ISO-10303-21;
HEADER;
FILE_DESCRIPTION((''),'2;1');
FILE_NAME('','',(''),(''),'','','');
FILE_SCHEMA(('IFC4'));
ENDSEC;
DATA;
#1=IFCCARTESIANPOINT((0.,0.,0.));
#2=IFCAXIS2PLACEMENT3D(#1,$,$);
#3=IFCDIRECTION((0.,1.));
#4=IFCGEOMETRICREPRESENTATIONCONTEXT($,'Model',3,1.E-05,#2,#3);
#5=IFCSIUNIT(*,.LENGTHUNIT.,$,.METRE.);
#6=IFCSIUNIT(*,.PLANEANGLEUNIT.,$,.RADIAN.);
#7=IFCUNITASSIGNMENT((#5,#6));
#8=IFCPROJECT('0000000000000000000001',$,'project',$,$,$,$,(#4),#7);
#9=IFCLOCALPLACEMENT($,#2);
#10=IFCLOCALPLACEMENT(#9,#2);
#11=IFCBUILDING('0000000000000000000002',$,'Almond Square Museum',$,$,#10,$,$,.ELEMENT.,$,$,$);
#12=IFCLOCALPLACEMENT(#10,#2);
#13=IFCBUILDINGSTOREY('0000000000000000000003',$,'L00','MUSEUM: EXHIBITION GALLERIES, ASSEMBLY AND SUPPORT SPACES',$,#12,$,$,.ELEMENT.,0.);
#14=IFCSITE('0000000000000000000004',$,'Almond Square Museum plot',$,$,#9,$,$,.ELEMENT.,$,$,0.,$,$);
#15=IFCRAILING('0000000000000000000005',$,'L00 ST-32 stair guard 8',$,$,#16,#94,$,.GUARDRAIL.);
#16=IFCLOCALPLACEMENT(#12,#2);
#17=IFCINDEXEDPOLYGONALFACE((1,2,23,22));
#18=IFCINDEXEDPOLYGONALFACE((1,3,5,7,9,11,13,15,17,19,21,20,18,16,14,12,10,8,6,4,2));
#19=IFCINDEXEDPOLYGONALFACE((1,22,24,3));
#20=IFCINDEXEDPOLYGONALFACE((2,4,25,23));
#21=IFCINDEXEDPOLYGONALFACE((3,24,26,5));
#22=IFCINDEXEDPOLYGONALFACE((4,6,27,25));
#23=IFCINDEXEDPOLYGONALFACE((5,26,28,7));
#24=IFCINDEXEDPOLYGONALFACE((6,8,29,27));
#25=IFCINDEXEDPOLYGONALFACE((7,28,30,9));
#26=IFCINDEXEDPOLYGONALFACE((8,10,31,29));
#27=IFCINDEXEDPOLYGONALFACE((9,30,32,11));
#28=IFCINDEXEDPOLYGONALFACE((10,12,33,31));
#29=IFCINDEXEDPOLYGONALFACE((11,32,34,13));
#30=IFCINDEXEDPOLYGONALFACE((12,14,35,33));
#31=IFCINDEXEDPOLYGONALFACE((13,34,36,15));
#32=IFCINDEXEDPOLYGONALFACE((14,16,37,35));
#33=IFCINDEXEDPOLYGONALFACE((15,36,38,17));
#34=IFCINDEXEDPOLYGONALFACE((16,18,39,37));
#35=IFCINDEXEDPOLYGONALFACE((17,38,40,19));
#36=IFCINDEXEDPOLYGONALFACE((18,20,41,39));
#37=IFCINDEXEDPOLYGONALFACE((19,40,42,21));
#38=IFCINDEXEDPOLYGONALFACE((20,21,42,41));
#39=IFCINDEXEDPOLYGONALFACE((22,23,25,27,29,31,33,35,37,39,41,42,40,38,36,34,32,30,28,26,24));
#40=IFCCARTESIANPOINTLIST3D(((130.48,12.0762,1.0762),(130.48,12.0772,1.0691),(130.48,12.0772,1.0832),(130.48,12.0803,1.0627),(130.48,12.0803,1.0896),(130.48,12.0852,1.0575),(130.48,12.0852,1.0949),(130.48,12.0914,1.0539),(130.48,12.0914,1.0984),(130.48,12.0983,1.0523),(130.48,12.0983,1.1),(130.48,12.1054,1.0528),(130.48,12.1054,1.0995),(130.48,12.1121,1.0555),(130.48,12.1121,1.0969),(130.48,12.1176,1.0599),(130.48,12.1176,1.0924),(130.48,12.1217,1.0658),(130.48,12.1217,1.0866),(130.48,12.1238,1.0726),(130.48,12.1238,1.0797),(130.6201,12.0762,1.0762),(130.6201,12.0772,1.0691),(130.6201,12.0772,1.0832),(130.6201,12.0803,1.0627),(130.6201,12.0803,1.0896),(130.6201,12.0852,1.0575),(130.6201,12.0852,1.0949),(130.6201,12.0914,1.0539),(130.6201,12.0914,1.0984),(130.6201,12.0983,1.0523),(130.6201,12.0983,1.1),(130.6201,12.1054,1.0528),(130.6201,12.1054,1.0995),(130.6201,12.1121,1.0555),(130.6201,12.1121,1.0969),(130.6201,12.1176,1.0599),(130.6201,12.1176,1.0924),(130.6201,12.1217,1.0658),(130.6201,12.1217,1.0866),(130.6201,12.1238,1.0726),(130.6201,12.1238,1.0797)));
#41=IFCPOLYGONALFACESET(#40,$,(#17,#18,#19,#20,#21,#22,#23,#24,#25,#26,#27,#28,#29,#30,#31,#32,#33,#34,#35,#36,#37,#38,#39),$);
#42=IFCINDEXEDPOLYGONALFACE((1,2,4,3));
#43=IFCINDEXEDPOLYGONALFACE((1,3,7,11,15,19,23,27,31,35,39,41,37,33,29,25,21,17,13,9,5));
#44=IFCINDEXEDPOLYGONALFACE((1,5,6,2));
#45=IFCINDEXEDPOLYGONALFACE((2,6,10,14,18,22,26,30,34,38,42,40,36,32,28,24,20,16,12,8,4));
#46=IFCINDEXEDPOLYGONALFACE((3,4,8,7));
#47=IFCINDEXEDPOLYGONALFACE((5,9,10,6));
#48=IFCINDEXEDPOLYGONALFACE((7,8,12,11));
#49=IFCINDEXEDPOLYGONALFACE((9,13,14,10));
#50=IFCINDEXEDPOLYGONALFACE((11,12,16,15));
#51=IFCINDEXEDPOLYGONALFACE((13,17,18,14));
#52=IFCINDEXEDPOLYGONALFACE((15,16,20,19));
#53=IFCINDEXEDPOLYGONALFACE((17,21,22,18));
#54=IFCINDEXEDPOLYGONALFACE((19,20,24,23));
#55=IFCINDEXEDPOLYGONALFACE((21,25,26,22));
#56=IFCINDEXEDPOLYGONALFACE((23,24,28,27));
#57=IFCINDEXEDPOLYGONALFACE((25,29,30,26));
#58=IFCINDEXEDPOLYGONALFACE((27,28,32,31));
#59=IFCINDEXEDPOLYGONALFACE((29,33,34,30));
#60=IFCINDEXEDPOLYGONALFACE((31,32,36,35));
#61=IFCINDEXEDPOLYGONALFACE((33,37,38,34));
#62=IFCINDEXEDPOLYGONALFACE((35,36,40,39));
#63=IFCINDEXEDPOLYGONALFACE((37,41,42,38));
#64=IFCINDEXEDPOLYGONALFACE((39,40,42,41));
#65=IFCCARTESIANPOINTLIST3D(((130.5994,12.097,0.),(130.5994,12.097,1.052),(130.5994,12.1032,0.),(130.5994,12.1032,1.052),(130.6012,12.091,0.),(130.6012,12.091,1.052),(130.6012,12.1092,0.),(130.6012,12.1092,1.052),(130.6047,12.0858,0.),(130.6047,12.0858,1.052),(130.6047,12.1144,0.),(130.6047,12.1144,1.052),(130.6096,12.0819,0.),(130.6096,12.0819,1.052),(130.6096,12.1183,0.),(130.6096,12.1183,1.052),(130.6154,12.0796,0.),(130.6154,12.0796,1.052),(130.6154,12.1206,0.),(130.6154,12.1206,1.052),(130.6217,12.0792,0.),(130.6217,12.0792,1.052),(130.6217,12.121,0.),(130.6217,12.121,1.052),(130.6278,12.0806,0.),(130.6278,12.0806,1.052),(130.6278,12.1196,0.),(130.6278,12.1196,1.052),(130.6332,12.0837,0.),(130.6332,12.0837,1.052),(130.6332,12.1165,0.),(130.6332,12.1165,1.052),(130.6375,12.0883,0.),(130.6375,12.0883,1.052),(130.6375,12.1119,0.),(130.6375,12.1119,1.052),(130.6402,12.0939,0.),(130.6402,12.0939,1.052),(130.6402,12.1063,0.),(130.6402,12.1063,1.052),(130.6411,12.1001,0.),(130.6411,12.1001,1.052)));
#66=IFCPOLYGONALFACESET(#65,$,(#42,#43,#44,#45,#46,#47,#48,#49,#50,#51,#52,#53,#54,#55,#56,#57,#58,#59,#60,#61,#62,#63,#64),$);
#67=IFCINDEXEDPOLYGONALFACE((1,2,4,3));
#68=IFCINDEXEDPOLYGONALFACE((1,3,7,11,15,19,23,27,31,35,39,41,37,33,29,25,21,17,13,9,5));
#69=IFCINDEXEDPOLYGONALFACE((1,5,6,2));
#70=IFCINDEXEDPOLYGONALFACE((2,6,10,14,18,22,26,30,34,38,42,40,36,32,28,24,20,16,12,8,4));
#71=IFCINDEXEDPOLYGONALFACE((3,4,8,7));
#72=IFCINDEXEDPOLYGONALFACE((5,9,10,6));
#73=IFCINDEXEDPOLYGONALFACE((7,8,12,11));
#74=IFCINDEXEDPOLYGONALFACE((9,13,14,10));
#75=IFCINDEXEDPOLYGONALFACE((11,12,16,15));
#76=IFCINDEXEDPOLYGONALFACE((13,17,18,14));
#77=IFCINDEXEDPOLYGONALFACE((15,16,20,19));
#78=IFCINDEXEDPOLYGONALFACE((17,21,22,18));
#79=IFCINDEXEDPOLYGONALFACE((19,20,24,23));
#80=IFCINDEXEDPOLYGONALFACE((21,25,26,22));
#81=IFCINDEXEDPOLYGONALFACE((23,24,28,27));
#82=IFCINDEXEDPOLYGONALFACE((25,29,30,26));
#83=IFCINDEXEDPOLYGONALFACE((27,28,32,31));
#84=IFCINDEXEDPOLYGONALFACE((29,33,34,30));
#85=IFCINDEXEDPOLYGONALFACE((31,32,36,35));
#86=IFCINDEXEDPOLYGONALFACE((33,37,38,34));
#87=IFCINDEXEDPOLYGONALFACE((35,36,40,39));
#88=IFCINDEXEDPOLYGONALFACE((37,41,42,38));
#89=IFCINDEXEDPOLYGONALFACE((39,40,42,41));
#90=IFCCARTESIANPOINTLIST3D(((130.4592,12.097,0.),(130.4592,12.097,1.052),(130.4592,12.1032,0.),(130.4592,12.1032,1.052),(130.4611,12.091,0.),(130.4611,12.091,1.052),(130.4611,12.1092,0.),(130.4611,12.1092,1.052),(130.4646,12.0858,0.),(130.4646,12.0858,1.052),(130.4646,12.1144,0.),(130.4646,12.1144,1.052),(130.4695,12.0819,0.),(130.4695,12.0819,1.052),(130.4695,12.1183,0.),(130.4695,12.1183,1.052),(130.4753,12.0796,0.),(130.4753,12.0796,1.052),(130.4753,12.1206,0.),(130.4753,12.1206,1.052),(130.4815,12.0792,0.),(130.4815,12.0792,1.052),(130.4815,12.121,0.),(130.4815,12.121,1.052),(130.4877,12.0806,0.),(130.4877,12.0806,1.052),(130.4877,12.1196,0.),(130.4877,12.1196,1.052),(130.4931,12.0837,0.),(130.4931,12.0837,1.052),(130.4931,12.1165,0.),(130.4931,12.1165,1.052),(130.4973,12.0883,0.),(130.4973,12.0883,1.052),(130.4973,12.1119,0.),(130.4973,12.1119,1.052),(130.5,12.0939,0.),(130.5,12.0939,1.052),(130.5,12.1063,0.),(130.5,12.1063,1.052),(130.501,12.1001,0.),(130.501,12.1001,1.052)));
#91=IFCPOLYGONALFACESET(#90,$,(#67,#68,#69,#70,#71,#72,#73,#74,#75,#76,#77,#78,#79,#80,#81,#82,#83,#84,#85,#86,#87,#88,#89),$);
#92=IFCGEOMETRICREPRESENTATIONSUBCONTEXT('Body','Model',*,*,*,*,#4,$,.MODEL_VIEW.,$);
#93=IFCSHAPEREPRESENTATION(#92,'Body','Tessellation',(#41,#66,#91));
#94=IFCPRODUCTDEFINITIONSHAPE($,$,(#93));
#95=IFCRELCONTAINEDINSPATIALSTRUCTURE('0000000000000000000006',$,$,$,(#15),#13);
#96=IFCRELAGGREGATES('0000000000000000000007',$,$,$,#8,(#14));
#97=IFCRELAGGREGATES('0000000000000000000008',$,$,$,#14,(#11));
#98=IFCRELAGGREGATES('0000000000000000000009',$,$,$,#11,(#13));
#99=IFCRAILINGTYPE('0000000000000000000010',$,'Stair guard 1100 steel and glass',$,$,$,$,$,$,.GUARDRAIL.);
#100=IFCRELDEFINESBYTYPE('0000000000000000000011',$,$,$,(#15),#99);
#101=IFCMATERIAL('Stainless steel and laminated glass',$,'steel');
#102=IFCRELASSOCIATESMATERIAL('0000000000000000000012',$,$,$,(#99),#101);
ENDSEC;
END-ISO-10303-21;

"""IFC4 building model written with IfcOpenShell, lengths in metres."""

from ifc_helpers import new_model, si_unit, direction, frame, origin, origin_2d, place, context, subcontext, project, spatial, circle, extrude, material, type_object, element, save


model = new_model("IFC4")

# Units and contexts
model_context = context("Model", 3, precision=1e-05, world=origin(), true_north=direction((0.0, 1.0)))
body_context = subcontext(model_context, "Body", "Model", "MODEL_VIEW")
ifc_project = project(units=[si_unit("LENGTHUNIT", "METRE"), si_unit("PLANEANGLEUNIT", "RADIAN")], contexts=[model_context])

# Site, building, storey
site_placement = place(None, origin())
site = spatial("IfcSite", under=ifc_project, at=site_placement, Name="Almond Square Museum plot", CompositionType="ELEMENT", RefElevation=0.0)
building_placement = place(site_placement, origin())
building = spatial("IfcBuilding", under=site, at=building_placement, Name="Almond Square Museum", CompositionType="ELEMENT")
storey_placement = place(building_placement, origin())
storey = spatial("IfcBuildingStorey", under=building, at=storey_placement, Name="L00", Description="MUSEUM: EXHIBITION GALLERIES, ASSEMBLY AND SUPPORT SPACES", CompositionType="ELEMENT", Elevation=0.0)

# Railing
ifc_material_1 = material(Name="Stainless steel and laminated glass", Category="steel")
railing_type_1 = type_object("IfcRailingType", Name="Stair guard 1100 steel and glass", PredefinedType="GUARDRAIL", material=ifc_material_1)
railing_1_placement = place(storey_placement, frame((130.6201, 12.1001, 0.0)))
element("IfcRailing", 1, at=railing_1_placement, inside=storey, type_object=railing_type_1, Name="L00 ST-32 stair guard 8", PredefinedType="GUARDRAIL", context=body_context, shape_type="SweptSolid", body=[
    extrude(circle(Radius=0.0239, at=origin_2d()), frame((0.0, 0.0, 1.0762), z_axis=(-1.0, 0.0, 0.0), x_axis=(0.0, -1.0, 0.0)), (0.0, 0.0, 1.0), 0.1401),
    extrude(circle(Radius=0.021, at=origin_2d()), origin(), (0.0, 0.0, 1.0), 1.052),
    extrude(circle(Radius=0.021, at=origin_2d()), frame((-0.1401, 0.0, 0.0)), (0.0, 0.0, 1.0), 1.052),
])

save(model, "model.ifc")
